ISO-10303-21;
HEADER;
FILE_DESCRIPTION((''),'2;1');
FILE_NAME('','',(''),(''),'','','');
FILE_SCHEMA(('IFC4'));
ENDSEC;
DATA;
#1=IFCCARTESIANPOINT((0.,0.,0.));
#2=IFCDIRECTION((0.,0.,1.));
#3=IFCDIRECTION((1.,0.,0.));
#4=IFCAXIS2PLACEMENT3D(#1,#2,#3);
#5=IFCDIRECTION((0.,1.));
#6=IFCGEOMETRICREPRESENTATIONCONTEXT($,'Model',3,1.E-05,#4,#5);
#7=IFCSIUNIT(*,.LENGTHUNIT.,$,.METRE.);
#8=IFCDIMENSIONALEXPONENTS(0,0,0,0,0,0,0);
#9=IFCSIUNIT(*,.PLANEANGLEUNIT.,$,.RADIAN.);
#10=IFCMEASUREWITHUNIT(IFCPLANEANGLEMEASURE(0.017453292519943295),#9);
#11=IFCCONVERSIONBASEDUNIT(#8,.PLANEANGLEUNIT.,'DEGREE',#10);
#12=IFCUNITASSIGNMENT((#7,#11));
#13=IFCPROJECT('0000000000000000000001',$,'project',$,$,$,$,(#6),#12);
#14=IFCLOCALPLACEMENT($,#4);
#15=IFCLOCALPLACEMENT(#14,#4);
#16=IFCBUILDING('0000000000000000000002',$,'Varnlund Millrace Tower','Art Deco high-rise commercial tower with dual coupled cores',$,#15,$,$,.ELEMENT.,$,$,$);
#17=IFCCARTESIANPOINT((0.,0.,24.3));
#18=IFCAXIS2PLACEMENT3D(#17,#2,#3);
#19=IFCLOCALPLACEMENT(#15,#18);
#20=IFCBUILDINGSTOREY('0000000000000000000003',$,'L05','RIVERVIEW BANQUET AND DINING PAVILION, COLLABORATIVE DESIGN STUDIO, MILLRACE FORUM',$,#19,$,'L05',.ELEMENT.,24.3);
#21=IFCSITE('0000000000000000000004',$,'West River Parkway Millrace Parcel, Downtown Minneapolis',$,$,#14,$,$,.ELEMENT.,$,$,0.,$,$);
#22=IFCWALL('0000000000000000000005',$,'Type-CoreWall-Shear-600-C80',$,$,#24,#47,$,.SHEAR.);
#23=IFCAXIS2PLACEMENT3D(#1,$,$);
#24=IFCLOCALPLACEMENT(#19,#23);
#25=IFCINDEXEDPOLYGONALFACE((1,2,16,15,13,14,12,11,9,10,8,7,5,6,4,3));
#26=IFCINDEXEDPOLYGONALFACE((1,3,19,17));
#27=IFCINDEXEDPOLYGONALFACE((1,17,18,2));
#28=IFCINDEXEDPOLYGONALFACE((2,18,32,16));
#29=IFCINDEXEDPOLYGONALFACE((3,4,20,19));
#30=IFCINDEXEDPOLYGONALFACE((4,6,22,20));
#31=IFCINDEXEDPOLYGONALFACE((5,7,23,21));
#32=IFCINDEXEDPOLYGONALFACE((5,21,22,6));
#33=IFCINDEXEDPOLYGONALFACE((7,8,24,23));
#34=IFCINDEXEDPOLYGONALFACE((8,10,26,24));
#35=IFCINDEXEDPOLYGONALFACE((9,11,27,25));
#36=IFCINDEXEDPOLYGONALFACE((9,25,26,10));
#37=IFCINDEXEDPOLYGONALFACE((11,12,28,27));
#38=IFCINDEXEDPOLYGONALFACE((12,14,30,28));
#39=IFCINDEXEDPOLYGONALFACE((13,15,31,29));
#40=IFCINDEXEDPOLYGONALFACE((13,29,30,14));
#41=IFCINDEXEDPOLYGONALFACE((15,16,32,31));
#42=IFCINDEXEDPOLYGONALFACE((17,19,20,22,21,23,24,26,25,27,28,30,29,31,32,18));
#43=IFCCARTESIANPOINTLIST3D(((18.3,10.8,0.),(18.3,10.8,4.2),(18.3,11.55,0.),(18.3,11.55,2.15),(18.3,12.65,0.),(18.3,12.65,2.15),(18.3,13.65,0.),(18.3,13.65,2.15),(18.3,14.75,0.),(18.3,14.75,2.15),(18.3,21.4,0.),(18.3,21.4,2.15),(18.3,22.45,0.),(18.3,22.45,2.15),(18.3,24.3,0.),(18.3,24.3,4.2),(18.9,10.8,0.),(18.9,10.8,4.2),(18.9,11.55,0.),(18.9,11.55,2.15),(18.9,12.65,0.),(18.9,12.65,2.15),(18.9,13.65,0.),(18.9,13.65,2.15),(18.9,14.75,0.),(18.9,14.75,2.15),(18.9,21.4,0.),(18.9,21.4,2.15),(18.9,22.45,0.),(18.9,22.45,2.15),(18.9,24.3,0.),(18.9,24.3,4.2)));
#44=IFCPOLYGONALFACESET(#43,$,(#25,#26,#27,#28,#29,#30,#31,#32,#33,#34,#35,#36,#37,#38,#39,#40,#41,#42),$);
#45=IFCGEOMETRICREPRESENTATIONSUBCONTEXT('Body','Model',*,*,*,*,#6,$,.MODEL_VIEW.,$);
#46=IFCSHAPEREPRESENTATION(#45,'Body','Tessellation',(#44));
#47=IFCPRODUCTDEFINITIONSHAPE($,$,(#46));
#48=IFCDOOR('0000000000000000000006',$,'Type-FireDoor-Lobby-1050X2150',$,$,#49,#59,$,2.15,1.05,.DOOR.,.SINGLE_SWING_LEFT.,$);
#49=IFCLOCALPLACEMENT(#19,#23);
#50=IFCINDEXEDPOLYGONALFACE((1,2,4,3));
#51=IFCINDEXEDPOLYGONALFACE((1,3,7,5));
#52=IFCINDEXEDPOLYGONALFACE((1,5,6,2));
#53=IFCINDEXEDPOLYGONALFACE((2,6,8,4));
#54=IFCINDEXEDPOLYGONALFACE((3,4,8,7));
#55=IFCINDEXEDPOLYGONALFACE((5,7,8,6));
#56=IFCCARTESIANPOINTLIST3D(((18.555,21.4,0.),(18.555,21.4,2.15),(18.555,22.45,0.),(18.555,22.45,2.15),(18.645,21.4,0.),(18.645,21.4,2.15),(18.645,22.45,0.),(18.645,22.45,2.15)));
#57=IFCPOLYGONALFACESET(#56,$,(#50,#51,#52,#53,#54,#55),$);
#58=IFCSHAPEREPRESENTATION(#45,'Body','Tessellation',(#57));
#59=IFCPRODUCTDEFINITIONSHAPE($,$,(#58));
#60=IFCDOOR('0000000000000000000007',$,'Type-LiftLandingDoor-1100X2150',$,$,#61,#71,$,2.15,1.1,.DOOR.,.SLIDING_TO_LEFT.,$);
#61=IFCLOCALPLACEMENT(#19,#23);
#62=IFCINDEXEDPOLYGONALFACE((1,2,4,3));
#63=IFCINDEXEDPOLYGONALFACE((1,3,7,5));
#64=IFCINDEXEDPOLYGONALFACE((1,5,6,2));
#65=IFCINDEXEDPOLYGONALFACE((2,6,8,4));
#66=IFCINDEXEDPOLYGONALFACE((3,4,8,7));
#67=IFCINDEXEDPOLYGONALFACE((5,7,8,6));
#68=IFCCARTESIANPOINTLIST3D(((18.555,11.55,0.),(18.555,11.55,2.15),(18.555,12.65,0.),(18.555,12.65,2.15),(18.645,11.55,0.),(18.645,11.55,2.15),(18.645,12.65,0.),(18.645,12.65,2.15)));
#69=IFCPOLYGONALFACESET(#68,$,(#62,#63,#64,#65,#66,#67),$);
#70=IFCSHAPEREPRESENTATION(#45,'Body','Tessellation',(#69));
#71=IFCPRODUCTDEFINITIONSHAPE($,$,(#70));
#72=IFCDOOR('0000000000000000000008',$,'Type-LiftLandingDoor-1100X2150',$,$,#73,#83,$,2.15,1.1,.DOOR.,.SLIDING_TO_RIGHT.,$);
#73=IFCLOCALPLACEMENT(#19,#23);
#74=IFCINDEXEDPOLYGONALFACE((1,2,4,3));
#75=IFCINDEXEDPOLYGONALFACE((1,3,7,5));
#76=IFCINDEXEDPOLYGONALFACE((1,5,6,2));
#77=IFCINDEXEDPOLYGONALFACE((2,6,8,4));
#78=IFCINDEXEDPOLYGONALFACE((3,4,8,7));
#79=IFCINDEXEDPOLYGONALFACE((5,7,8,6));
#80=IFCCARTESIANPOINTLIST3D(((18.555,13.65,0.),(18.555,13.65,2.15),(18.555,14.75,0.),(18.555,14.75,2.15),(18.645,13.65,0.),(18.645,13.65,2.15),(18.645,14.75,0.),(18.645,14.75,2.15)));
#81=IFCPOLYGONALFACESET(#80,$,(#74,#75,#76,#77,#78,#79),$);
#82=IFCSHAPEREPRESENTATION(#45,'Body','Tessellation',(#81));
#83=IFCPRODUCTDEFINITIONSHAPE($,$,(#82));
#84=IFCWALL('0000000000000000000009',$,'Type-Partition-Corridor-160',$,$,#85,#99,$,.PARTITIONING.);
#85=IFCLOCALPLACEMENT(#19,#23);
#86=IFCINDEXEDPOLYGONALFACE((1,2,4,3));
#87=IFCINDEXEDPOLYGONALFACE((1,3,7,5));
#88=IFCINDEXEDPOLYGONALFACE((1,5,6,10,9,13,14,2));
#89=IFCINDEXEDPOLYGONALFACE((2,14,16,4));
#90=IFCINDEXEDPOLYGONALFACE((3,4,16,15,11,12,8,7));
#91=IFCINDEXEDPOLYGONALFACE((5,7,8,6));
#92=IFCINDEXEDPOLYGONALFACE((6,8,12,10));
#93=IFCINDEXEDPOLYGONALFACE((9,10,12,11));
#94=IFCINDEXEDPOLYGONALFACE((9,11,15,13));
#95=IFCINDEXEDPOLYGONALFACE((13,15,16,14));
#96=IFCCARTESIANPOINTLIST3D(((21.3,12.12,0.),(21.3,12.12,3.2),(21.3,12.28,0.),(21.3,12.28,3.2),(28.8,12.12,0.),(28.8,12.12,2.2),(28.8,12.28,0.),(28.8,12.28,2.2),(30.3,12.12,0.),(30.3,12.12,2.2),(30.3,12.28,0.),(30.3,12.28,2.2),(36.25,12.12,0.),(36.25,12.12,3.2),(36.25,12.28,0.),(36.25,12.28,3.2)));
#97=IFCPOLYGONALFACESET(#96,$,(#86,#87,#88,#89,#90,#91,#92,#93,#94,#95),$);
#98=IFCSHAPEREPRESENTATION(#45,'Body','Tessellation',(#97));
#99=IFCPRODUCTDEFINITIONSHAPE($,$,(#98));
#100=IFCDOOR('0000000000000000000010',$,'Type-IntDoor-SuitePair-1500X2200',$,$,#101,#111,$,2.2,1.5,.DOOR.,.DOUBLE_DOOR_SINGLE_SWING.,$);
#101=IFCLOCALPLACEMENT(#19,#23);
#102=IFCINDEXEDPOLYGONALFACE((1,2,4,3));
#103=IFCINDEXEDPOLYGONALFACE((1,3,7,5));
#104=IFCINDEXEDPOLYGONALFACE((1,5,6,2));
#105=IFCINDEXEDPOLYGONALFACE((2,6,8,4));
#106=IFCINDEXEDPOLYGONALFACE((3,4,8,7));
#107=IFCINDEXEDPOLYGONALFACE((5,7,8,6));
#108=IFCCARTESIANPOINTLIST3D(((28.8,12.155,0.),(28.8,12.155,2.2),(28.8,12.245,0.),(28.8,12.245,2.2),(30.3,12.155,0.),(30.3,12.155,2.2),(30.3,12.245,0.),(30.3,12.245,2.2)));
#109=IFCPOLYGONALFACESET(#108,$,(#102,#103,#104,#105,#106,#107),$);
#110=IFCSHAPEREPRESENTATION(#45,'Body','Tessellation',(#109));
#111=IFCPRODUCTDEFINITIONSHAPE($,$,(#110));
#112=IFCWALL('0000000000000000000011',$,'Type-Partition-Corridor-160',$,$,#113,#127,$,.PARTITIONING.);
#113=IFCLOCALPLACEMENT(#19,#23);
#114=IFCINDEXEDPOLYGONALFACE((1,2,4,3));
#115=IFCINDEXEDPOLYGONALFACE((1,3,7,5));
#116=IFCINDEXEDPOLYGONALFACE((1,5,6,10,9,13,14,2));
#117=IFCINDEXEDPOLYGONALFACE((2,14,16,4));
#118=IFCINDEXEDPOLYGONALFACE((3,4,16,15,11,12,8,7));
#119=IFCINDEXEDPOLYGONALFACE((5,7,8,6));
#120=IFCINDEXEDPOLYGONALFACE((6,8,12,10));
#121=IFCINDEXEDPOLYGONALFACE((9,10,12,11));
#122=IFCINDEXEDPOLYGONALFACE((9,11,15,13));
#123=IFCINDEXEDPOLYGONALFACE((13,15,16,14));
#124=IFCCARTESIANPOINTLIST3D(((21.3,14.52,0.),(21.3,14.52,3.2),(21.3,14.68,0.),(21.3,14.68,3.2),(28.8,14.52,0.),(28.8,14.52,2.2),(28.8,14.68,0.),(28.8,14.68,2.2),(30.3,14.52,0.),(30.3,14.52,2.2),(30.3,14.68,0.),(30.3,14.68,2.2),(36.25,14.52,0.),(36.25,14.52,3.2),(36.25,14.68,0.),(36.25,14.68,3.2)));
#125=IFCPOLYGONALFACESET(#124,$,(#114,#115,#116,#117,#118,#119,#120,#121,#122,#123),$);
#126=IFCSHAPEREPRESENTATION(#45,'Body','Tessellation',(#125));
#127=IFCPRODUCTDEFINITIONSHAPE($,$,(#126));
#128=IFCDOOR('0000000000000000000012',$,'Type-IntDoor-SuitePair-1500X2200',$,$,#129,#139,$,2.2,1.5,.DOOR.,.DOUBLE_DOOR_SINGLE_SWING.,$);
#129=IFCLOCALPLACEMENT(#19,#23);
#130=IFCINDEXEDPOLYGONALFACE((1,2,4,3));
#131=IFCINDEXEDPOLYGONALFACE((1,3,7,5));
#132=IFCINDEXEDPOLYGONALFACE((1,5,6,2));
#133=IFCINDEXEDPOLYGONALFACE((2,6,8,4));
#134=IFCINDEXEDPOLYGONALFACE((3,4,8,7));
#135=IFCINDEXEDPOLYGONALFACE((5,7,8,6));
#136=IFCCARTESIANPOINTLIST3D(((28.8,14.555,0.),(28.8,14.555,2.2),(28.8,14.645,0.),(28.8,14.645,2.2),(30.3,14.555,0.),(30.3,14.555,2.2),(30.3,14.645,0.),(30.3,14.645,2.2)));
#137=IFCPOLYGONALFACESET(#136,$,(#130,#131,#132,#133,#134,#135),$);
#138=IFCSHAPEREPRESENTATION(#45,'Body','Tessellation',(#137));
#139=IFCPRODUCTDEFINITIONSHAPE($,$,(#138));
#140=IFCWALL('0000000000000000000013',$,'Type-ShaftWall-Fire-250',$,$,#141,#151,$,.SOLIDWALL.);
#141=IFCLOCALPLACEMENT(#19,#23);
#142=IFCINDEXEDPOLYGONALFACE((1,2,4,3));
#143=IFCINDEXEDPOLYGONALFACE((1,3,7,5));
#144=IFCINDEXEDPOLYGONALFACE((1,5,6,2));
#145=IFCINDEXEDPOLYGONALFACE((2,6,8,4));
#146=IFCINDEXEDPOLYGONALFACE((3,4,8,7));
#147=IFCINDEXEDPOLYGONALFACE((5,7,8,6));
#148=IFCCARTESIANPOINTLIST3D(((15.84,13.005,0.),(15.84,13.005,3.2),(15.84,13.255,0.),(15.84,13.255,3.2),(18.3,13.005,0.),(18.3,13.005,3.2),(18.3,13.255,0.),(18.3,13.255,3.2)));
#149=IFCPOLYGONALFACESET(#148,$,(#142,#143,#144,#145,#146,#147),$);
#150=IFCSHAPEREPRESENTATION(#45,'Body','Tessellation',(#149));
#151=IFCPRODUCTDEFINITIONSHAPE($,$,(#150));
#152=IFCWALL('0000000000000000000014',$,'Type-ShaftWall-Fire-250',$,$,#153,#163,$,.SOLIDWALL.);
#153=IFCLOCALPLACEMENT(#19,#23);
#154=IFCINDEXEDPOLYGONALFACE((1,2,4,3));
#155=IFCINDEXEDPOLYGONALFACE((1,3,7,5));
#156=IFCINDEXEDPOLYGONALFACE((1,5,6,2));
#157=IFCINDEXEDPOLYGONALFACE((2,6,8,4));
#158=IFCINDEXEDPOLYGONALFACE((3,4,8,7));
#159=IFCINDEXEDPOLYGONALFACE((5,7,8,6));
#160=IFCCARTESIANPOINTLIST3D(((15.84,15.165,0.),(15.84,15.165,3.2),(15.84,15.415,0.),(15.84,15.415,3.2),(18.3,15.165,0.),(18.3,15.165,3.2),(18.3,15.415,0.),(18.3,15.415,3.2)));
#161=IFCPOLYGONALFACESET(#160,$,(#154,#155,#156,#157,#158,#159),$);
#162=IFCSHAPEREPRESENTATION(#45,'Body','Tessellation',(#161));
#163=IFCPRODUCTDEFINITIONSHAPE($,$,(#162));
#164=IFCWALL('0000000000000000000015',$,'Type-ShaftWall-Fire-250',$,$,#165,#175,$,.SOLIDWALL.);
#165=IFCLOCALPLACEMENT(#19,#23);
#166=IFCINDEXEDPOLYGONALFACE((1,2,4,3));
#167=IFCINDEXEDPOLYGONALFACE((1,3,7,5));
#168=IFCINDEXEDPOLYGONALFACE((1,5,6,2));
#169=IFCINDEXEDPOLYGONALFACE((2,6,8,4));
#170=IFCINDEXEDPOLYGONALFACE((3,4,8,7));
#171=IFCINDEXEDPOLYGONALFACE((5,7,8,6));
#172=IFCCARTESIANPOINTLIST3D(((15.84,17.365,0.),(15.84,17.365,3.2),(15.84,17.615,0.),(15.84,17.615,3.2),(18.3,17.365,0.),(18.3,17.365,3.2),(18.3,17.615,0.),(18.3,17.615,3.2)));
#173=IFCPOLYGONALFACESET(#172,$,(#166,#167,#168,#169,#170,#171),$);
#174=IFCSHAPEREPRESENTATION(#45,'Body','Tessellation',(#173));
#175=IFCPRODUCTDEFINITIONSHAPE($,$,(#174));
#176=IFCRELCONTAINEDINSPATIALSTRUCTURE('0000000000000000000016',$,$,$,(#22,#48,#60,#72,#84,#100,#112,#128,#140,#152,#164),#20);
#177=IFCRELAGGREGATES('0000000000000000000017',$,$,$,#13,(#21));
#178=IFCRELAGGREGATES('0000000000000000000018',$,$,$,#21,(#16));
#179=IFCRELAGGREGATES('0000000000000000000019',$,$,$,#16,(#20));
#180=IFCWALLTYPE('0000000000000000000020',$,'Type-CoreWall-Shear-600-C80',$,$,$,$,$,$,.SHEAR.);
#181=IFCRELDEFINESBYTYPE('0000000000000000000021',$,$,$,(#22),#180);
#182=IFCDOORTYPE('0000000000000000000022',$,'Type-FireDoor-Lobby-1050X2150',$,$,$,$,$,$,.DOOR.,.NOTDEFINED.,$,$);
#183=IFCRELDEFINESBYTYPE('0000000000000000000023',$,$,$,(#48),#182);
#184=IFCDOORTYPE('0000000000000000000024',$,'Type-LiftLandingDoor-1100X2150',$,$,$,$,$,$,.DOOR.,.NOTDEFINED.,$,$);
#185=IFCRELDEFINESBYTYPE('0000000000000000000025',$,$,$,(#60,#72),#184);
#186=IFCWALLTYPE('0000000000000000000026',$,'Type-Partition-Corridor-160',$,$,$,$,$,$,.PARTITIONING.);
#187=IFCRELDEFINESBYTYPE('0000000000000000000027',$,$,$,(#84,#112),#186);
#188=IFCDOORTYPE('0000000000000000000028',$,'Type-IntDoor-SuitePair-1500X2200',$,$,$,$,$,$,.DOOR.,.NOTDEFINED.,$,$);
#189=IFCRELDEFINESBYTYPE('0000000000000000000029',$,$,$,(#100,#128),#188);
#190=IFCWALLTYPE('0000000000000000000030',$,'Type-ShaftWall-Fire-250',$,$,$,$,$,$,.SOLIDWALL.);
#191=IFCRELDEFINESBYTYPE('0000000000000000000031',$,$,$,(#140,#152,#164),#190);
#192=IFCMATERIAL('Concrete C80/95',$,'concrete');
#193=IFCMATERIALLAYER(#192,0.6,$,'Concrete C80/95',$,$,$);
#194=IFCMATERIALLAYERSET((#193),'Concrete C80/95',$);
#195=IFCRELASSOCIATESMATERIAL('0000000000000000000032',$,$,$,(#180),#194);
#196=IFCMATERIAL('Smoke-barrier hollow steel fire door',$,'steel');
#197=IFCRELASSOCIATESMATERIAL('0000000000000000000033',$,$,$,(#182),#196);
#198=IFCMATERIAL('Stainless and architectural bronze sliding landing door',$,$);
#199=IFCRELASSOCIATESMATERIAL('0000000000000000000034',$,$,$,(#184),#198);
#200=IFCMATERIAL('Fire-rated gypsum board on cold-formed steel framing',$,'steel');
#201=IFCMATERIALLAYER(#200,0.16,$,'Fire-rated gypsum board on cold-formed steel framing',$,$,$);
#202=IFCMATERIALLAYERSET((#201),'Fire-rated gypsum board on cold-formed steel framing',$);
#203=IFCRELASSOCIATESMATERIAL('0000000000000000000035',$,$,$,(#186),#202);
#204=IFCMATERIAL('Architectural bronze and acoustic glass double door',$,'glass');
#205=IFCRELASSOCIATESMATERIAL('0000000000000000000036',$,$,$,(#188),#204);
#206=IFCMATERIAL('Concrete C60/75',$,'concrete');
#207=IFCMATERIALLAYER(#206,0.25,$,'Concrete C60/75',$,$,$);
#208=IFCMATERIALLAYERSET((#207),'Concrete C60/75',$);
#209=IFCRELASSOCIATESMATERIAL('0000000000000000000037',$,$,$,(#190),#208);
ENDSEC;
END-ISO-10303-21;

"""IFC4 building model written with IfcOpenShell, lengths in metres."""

from ifc_helpers import new_model, entity, si_unit, converted_unit, direction, frame, origin_with_axes, origin_2d_with_axis, place, context, subcontext, project, spatial, polyline, rectangle, outline, extrude, material, layer, layer_set, type_object, element, fill, save


model = new_model("IFC4")

# Units and contexts
model_context = context("Model", 3, precision=1e-05, world=origin_with_axes(), true_north=direction((0.0, 1.0)))
body_context = subcontext(model_context, "Body", "Model", "MODEL_VIEW")
ifc_project = project(units=[si_unit("LENGTHUNIT", "METRE"), converted_unit("PLANEANGLEUNIT", "DEGREE", entity("IfcPlaneAngleMeasure", 0.017453292519943295), si_unit("PLANEANGLEUNIT", "RADIAN"), dimensions=[0, 0, 0, 0, 0, 0, 0])], contexts=[model_context])

# Site, building, storey
site_placement = place(None, origin_with_axes())
site = spatial("IfcSite", under=ifc_project, at=site_placement, Name="West River Parkway Millrace Parcel, Downtown Minneapolis", CompositionType="ELEMENT", RefElevation=0.0)
building_placement = place(site_placement, origin_with_axes())
building = spatial("IfcBuilding", under=site, at=building_placement, Name="Varnlund Millrace Tower", Description="Art Deco high-rise commercial tower with dual coupled cores", CompositionType="ELEMENT")
storey_placement = place(building_placement, frame((0.0, 0.0, 24.3), z_axis=(0.0, 0.0, 1.0), x_axis=(1.0, 0.0, 0.0)))
storey = spatial("IfcBuildingStorey", under=building, at=storey_placement, Name="L05", Description="RIVERVIEW BANQUET AND DINING PAVILION, COLLABORATIVE DESIGN STUDIO, MILLRACE FORUM", LongName="L05", CompositionType="ELEMENT", Elevation=24.3)

# Shared definitions
ifc_material_1 = material(Name="Concrete C80/95", Category="concrete")

# Wall, openings, doors
ifc_layer_1 = layer(ifc_material_1, 0.6, Name="Concrete C80/95")
ifc_layer_set_1 = layer_set([ifc_layer_1], Name="Concrete C80/95")
wall_type_1 = type_object("IfcWallType", Name="Type-CoreWall-Shear-600-C80", PredefinedType="SHEAR", material=ifc_layer_set_1)
wall_1_placement = place(storey_placement, frame((18.6, 10.8, 0.0), z_axis=(0.0, 0.0, 1.0), x_axis=(0.0, 1.0, 0.0)))
wall_1 = element("IfcWall", 1, at=wall_1_placement, inside=storey, type_object=wall_type_1, Name="Type-CoreWall-Shear-600-C80", PredefinedType="SHEAR", context=body_context, shape_type="SweptSolid", body=[
    extrude(outline(polyline([(0.0, -0.3), (13.5, -0.3), (13.5, 0.3), (0.0, 0.3), (0.0, -0.3)])), origin_with_axes(), (0.0, 0.0, 1.0), 4.2),
])
opening_1_placement = place(wall_1_placement, frame((1.3, 0.0, 0.0), z_axis=(0.0, 0.0, 1.0), x_axis=(1.0, 0.0, 0.0)))
opening_1 = element("IfcOpeningElement", 2, at=opening_1_placement, cuts=wall_1, PredefinedType="OPENING", context=body_context, shape_type="SweptSolid", body=[
    extrude(rectangle(XDim=1.1, YDim=0.62, at=origin_2d_with_axis()), origin_with_axes(), (0.0, 0.0, 1.0), 2.15),
])
opening_2_placement = place(wall_1_placement, frame((3.4, 0.0, 0.0), z_axis=(0.0, 0.0, 1.0), x_axis=(1.0, 0.0, 0.0)))
opening_2 = element("IfcOpeningElement", 3, at=opening_2_placement, cuts=wall_1, PredefinedType="OPENING", context=body_context, shape_type="SweptSolid", body=[
    extrude(rectangle(XDim=1.1, YDim=0.62, at=origin_2d_with_axis()), origin_with_axes(), (0.0, 0.0, 1.0), 2.15),
])
opening_3_placement = place(wall_1_placement, frame((11.125, 0.0, 0.0), z_axis=(0.0, 0.0, 1.0), x_axis=(1.0, 0.0, 0.0)))
opening_3 = element("IfcOpeningElement", 4, at=opening_3_placement, cuts=wall_1, PredefinedType="OPENING", context=body_context, shape_type="SweptSolid", body=[
    extrude(rectangle(XDim=1.05, YDim=0.62, at=origin_2d_with_axis()), origin_with_axes(), (0.0, 0.0, 1.0), 2.15),
])
ifc_material_2 = material(Name="Smoke-barrier hollow steel fire door", Category="steel")
door_type_1 = type_object("IfcDoorType", Name="Type-FireDoor-Lobby-1050X2150", OperationType="NOTDEFINED", PredefinedType="DOOR", material=ifc_material_2)
door_1_placement = place(wall_1_placement, frame((11.125, 0.0, 0.0), z_axis=(0.0, 0.0, 1.0), x_axis=(1.0, 0.0, 0.0)))
door_1 = element("IfcDoor", 5, at=door_1_placement, inside=storey, type_object=door_type_1, Name="Type-FireDoor-Lobby-1050X2150", OperationType="SINGLE_SWING_LEFT", OverallHeight=2.15, OverallWidth=1.05, PredefinedType="DOOR", context=body_context, shape_type="SweptSolid", body=[
    extrude(rectangle(XDim=1.05, YDim=0.09, at=origin_2d_with_axis()), origin_with_axes(), (0.0, 0.0, 1.0), 2.15),
])
fill(opening_3, door_1)
ifc_material_3 = material(Name="Stainless and architectural bronze sliding landing door")
door_type_2 = type_object("IfcDoorType", Name="Type-LiftLandingDoor-1100X2150", OperationType="NOTDEFINED", PredefinedType="DOOR", material=ifc_material_3)
door_2_placement = place(wall_1_placement, frame((1.3, 0.0, 0.0), z_axis=(0.0, 0.0, 1.0), x_axis=(1.0, 0.0, 0.0)))
door_2 = element("IfcDoor", 6, at=door_2_placement, inside=storey, type_object=door_type_2, Name="Type-LiftLandingDoor-1100X2150", OperationType="SLIDING_TO_LEFT", OverallHeight=2.15, OverallWidth=1.1, PredefinedType="DOOR", context=body_context, shape_type="SweptSolid", body=[
    extrude(rectangle(XDim=1.1, YDim=0.09, at=origin_2d_with_axis()), origin_with_axes(), (0.0, 0.0, 1.0), 2.15),
])
fill(opening_1, door_2)
door_3_placement = place(wall_1_placement, frame((3.4, 0.0, 0.0), z_axis=(0.0, 0.0, 1.0), x_axis=(1.0, 0.0, 0.0)))
door_3 = element("IfcDoor", 7, at=door_3_placement, inside=storey, type_object=door_type_2, Name="Type-LiftLandingDoor-1100X2150", OperationType="SLIDING_TO_RIGHT", OverallHeight=2.15, OverallWidth=1.1, PredefinedType="DOOR", context=body_context, shape_type="SweptSolid", body=[
    extrude(rectangle(XDim=1.1, YDim=0.09, at=origin_2d_with_axis()), origin_with_axes(), (0.0, 0.0, 1.0), 2.15),
])
fill(opening_2, door_3)

# Walls, openings, doors
ifc_material_4 = material(Name="Fire-rated gypsum board on cold-formed steel framing", Category="steel")
ifc_layer_2 = layer(ifc_material_4, 0.16, Name="Fire-rated gypsum board on cold-formed steel framing")
ifc_layer_set_2 = layer_set([ifc_layer_2], Name="Fire-rated gypsum board on cold-formed steel framing")
wall_type_2 = type_object("IfcWallType", Name="Type-Partition-Corridor-160", PredefinedType="PARTITIONING", material=ifc_layer_set_2)
wall_2_placement = place(storey_placement, frame((21.3, 12.2, 0.0), z_axis=(0.0, 0.0, 1.0), x_axis=(1.0, 0.0, 0.0)))
wall_2 = element("IfcWall", 8, at=wall_2_placement, inside=storey, type_object=wall_type_2, Name="Type-Partition-Corridor-160", PredefinedType="PARTITIONING", context=body_context, shape_type="SweptSolid", body=[
    extrude(outline(polyline([(0.0, -0.08), (14.95, -0.08), (14.95, 0.08), (0.0, 0.08), (0.0, -0.08)])), origin_with_axes(), (0.0, 0.0, 1.0), 3.2),
])
opening_4_placement = place(wall_2_placement, frame((8.25, 0.0, 0.0), z_axis=(0.0, 0.0, 1.0), x_axis=(1.0, 0.0, 0.0)))
opening_4 = element("IfcOpeningElement", 9, at=opening_4_placement, cuts=wall_2, PredefinedType="OPENING", context=body_context, shape_type="SweptSolid", body=[
    extrude(rectangle(XDim=1.5, YDim=0.18, at=origin_2d_with_axis()), origin_with_axes(), (0.0, 0.0, 1.0), 2.2),
])
ifc_material_5 = material(Name="Architectural bronze and acoustic glass double door", Category="glass")
door_type_3 = type_object("IfcDoorType", Name="Type-IntDoor-SuitePair-1500X2200", OperationType="NOTDEFINED", PredefinedType="DOOR", material=ifc_material_5)
door_4_placement = place(wall_2_placement, frame((8.25, 0.0, 0.0), z_axis=(0.0, 0.0, 1.0), x_axis=(1.0, 0.0, 0.0)))
door_4 = element("IfcDoor", 10, at=door_4_placement, inside=storey, type_object=door_type_3, Name="Type-IntDoor-SuitePair-1500X2200", OperationType="DOUBLE_DOOR_SINGLE_SWING", OverallHeight=2.2, OverallWidth=1.5, PredefinedType="DOOR", context=body_context, shape_type="SweptSolid", body=[
    extrude(rectangle(XDim=1.5, YDim=0.09, at=origin_2d_with_axis()), origin_with_axes(), (0.0, 0.0, 1.0), 2.2),
])
fill(opening_4, door_4)
wall_3_placement = place(storey_placement, frame((21.3, 14.6, 0.0), z_axis=(0.0, 0.0, 1.0), x_axis=(1.0, 0.0, 0.0)))
wall_3 = element("IfcWall", 11, at=wall_3_placement, inside=storey, type_object=wall_type_2, Name="Type-Partition-Corridor-160", PredefinedType="PARTITIONING", context=body_context, shape_type="SweptSolid", body=[
    extrude(outline(polyline([(0.0, -0.08), (14.95, -0.08), (14.95, 0.08), (0.0, 0.08), (0.0, -0.08)])), origin_with_axes(), (0.0, 0.0, 1.0), 3.2),
])
opening_5_placement = place(wall_3_placement, frame((8.25, 0.0, 0.0), z_axis=(0.0, 0.0, 1.0), x_axis=(1.0, 0.0, 0.0)))
opening_5 = element("IfcOpeningElement", 12, at=opening_5_placement, cuts=wall_3, PredefinedType="OPENING", context=body_context, shape_type="SweptSolid", body=[
    extrude(rectangle(XDim=1.5, YDim=0.18, at=origin_2d_with_axis()), origin_with_axes(), (0.0, 0.0, 1.0), 2.2),
])
door_5_placement = place(wall_3_placement, frame((8.25, 0.0, 0.0), z_axis=(0.0, 0.0, 1.0), x_axis=(1.0, 0.0, 0.0)))
door_5 = element("IfcDoor", 13, at=door_5_placement, inside=storey, type_object=door_type_3, Name="Type-IntDoor-SuitePair-1500X2200", OperationType="DOUBLE_DOOR_SINGLE_SWING", OverallHeight=2.2, OverallWidth=1.5, PredefinedType="DOOR", context=body_context, shape_type="SweptSolid", body=[
    extrude(rectangle(XDim=1.5, YDim=0.09, at=origin_2d_with_axis()), origin_with_axes(), (0.0, 0.0, 1.0), 2.2),
])
fill(opening_5, door_5)

# Walls
ifc_material_6 = material(Name="Concrete C60/75", Category="concrete")
ifc_layer_3 = layer(ifc_material_6, 0.25, Name="Concrete C60/75")
ifc_layer_set_3 = layer_set([ifc_layer_3], Name="Concrete C60/75")
wall_type_3 = type_object("IfcWallType", Name="Type-ShaftWall-Fire-250", PredefinedType="SOLIDWALL", material=ifc_layer_set_3)
for number, where, z_axis, x_axis, name in (
    (14, (15.84, 13.13, 0.0), (0.0, 0.0, 1.0), (1.0, 0.0, 0.0), "Type-ShaftWall-Fire-250"),
    (15, (15.84, 15.29, 0.0), (0.0, 0.0, 1.0), (1.0, 0.0, 0.0), "Type-ShaftWall-Fire-250"),
    (16, (15.84, 17.49, 0.0), (0.0, 0.0, 1.0), (1.0, 0.0, 0.0), "Type-ShaftWall-Fire-250"),
):
    element("IfcWall", number, at=place(storey_placement, frame(where, z_axis=z_axis, x_axis=x_axis)), inside=storey, type_object=wall_type_3, Name=name, PredefinedType="SOLIDWALL", context=body_context, shape_type="SweptSolid", body=[
        extrude(outline(polyline([(0.0, -0.125), (2.46, -0.125), (2.46, 0.125), (0.0, 0.125), (0.0, -0.125)])), origin_with_axes(), (0.0, 0.0, 1.0), 3.2),
    ])

save(model, "model.ifc")
